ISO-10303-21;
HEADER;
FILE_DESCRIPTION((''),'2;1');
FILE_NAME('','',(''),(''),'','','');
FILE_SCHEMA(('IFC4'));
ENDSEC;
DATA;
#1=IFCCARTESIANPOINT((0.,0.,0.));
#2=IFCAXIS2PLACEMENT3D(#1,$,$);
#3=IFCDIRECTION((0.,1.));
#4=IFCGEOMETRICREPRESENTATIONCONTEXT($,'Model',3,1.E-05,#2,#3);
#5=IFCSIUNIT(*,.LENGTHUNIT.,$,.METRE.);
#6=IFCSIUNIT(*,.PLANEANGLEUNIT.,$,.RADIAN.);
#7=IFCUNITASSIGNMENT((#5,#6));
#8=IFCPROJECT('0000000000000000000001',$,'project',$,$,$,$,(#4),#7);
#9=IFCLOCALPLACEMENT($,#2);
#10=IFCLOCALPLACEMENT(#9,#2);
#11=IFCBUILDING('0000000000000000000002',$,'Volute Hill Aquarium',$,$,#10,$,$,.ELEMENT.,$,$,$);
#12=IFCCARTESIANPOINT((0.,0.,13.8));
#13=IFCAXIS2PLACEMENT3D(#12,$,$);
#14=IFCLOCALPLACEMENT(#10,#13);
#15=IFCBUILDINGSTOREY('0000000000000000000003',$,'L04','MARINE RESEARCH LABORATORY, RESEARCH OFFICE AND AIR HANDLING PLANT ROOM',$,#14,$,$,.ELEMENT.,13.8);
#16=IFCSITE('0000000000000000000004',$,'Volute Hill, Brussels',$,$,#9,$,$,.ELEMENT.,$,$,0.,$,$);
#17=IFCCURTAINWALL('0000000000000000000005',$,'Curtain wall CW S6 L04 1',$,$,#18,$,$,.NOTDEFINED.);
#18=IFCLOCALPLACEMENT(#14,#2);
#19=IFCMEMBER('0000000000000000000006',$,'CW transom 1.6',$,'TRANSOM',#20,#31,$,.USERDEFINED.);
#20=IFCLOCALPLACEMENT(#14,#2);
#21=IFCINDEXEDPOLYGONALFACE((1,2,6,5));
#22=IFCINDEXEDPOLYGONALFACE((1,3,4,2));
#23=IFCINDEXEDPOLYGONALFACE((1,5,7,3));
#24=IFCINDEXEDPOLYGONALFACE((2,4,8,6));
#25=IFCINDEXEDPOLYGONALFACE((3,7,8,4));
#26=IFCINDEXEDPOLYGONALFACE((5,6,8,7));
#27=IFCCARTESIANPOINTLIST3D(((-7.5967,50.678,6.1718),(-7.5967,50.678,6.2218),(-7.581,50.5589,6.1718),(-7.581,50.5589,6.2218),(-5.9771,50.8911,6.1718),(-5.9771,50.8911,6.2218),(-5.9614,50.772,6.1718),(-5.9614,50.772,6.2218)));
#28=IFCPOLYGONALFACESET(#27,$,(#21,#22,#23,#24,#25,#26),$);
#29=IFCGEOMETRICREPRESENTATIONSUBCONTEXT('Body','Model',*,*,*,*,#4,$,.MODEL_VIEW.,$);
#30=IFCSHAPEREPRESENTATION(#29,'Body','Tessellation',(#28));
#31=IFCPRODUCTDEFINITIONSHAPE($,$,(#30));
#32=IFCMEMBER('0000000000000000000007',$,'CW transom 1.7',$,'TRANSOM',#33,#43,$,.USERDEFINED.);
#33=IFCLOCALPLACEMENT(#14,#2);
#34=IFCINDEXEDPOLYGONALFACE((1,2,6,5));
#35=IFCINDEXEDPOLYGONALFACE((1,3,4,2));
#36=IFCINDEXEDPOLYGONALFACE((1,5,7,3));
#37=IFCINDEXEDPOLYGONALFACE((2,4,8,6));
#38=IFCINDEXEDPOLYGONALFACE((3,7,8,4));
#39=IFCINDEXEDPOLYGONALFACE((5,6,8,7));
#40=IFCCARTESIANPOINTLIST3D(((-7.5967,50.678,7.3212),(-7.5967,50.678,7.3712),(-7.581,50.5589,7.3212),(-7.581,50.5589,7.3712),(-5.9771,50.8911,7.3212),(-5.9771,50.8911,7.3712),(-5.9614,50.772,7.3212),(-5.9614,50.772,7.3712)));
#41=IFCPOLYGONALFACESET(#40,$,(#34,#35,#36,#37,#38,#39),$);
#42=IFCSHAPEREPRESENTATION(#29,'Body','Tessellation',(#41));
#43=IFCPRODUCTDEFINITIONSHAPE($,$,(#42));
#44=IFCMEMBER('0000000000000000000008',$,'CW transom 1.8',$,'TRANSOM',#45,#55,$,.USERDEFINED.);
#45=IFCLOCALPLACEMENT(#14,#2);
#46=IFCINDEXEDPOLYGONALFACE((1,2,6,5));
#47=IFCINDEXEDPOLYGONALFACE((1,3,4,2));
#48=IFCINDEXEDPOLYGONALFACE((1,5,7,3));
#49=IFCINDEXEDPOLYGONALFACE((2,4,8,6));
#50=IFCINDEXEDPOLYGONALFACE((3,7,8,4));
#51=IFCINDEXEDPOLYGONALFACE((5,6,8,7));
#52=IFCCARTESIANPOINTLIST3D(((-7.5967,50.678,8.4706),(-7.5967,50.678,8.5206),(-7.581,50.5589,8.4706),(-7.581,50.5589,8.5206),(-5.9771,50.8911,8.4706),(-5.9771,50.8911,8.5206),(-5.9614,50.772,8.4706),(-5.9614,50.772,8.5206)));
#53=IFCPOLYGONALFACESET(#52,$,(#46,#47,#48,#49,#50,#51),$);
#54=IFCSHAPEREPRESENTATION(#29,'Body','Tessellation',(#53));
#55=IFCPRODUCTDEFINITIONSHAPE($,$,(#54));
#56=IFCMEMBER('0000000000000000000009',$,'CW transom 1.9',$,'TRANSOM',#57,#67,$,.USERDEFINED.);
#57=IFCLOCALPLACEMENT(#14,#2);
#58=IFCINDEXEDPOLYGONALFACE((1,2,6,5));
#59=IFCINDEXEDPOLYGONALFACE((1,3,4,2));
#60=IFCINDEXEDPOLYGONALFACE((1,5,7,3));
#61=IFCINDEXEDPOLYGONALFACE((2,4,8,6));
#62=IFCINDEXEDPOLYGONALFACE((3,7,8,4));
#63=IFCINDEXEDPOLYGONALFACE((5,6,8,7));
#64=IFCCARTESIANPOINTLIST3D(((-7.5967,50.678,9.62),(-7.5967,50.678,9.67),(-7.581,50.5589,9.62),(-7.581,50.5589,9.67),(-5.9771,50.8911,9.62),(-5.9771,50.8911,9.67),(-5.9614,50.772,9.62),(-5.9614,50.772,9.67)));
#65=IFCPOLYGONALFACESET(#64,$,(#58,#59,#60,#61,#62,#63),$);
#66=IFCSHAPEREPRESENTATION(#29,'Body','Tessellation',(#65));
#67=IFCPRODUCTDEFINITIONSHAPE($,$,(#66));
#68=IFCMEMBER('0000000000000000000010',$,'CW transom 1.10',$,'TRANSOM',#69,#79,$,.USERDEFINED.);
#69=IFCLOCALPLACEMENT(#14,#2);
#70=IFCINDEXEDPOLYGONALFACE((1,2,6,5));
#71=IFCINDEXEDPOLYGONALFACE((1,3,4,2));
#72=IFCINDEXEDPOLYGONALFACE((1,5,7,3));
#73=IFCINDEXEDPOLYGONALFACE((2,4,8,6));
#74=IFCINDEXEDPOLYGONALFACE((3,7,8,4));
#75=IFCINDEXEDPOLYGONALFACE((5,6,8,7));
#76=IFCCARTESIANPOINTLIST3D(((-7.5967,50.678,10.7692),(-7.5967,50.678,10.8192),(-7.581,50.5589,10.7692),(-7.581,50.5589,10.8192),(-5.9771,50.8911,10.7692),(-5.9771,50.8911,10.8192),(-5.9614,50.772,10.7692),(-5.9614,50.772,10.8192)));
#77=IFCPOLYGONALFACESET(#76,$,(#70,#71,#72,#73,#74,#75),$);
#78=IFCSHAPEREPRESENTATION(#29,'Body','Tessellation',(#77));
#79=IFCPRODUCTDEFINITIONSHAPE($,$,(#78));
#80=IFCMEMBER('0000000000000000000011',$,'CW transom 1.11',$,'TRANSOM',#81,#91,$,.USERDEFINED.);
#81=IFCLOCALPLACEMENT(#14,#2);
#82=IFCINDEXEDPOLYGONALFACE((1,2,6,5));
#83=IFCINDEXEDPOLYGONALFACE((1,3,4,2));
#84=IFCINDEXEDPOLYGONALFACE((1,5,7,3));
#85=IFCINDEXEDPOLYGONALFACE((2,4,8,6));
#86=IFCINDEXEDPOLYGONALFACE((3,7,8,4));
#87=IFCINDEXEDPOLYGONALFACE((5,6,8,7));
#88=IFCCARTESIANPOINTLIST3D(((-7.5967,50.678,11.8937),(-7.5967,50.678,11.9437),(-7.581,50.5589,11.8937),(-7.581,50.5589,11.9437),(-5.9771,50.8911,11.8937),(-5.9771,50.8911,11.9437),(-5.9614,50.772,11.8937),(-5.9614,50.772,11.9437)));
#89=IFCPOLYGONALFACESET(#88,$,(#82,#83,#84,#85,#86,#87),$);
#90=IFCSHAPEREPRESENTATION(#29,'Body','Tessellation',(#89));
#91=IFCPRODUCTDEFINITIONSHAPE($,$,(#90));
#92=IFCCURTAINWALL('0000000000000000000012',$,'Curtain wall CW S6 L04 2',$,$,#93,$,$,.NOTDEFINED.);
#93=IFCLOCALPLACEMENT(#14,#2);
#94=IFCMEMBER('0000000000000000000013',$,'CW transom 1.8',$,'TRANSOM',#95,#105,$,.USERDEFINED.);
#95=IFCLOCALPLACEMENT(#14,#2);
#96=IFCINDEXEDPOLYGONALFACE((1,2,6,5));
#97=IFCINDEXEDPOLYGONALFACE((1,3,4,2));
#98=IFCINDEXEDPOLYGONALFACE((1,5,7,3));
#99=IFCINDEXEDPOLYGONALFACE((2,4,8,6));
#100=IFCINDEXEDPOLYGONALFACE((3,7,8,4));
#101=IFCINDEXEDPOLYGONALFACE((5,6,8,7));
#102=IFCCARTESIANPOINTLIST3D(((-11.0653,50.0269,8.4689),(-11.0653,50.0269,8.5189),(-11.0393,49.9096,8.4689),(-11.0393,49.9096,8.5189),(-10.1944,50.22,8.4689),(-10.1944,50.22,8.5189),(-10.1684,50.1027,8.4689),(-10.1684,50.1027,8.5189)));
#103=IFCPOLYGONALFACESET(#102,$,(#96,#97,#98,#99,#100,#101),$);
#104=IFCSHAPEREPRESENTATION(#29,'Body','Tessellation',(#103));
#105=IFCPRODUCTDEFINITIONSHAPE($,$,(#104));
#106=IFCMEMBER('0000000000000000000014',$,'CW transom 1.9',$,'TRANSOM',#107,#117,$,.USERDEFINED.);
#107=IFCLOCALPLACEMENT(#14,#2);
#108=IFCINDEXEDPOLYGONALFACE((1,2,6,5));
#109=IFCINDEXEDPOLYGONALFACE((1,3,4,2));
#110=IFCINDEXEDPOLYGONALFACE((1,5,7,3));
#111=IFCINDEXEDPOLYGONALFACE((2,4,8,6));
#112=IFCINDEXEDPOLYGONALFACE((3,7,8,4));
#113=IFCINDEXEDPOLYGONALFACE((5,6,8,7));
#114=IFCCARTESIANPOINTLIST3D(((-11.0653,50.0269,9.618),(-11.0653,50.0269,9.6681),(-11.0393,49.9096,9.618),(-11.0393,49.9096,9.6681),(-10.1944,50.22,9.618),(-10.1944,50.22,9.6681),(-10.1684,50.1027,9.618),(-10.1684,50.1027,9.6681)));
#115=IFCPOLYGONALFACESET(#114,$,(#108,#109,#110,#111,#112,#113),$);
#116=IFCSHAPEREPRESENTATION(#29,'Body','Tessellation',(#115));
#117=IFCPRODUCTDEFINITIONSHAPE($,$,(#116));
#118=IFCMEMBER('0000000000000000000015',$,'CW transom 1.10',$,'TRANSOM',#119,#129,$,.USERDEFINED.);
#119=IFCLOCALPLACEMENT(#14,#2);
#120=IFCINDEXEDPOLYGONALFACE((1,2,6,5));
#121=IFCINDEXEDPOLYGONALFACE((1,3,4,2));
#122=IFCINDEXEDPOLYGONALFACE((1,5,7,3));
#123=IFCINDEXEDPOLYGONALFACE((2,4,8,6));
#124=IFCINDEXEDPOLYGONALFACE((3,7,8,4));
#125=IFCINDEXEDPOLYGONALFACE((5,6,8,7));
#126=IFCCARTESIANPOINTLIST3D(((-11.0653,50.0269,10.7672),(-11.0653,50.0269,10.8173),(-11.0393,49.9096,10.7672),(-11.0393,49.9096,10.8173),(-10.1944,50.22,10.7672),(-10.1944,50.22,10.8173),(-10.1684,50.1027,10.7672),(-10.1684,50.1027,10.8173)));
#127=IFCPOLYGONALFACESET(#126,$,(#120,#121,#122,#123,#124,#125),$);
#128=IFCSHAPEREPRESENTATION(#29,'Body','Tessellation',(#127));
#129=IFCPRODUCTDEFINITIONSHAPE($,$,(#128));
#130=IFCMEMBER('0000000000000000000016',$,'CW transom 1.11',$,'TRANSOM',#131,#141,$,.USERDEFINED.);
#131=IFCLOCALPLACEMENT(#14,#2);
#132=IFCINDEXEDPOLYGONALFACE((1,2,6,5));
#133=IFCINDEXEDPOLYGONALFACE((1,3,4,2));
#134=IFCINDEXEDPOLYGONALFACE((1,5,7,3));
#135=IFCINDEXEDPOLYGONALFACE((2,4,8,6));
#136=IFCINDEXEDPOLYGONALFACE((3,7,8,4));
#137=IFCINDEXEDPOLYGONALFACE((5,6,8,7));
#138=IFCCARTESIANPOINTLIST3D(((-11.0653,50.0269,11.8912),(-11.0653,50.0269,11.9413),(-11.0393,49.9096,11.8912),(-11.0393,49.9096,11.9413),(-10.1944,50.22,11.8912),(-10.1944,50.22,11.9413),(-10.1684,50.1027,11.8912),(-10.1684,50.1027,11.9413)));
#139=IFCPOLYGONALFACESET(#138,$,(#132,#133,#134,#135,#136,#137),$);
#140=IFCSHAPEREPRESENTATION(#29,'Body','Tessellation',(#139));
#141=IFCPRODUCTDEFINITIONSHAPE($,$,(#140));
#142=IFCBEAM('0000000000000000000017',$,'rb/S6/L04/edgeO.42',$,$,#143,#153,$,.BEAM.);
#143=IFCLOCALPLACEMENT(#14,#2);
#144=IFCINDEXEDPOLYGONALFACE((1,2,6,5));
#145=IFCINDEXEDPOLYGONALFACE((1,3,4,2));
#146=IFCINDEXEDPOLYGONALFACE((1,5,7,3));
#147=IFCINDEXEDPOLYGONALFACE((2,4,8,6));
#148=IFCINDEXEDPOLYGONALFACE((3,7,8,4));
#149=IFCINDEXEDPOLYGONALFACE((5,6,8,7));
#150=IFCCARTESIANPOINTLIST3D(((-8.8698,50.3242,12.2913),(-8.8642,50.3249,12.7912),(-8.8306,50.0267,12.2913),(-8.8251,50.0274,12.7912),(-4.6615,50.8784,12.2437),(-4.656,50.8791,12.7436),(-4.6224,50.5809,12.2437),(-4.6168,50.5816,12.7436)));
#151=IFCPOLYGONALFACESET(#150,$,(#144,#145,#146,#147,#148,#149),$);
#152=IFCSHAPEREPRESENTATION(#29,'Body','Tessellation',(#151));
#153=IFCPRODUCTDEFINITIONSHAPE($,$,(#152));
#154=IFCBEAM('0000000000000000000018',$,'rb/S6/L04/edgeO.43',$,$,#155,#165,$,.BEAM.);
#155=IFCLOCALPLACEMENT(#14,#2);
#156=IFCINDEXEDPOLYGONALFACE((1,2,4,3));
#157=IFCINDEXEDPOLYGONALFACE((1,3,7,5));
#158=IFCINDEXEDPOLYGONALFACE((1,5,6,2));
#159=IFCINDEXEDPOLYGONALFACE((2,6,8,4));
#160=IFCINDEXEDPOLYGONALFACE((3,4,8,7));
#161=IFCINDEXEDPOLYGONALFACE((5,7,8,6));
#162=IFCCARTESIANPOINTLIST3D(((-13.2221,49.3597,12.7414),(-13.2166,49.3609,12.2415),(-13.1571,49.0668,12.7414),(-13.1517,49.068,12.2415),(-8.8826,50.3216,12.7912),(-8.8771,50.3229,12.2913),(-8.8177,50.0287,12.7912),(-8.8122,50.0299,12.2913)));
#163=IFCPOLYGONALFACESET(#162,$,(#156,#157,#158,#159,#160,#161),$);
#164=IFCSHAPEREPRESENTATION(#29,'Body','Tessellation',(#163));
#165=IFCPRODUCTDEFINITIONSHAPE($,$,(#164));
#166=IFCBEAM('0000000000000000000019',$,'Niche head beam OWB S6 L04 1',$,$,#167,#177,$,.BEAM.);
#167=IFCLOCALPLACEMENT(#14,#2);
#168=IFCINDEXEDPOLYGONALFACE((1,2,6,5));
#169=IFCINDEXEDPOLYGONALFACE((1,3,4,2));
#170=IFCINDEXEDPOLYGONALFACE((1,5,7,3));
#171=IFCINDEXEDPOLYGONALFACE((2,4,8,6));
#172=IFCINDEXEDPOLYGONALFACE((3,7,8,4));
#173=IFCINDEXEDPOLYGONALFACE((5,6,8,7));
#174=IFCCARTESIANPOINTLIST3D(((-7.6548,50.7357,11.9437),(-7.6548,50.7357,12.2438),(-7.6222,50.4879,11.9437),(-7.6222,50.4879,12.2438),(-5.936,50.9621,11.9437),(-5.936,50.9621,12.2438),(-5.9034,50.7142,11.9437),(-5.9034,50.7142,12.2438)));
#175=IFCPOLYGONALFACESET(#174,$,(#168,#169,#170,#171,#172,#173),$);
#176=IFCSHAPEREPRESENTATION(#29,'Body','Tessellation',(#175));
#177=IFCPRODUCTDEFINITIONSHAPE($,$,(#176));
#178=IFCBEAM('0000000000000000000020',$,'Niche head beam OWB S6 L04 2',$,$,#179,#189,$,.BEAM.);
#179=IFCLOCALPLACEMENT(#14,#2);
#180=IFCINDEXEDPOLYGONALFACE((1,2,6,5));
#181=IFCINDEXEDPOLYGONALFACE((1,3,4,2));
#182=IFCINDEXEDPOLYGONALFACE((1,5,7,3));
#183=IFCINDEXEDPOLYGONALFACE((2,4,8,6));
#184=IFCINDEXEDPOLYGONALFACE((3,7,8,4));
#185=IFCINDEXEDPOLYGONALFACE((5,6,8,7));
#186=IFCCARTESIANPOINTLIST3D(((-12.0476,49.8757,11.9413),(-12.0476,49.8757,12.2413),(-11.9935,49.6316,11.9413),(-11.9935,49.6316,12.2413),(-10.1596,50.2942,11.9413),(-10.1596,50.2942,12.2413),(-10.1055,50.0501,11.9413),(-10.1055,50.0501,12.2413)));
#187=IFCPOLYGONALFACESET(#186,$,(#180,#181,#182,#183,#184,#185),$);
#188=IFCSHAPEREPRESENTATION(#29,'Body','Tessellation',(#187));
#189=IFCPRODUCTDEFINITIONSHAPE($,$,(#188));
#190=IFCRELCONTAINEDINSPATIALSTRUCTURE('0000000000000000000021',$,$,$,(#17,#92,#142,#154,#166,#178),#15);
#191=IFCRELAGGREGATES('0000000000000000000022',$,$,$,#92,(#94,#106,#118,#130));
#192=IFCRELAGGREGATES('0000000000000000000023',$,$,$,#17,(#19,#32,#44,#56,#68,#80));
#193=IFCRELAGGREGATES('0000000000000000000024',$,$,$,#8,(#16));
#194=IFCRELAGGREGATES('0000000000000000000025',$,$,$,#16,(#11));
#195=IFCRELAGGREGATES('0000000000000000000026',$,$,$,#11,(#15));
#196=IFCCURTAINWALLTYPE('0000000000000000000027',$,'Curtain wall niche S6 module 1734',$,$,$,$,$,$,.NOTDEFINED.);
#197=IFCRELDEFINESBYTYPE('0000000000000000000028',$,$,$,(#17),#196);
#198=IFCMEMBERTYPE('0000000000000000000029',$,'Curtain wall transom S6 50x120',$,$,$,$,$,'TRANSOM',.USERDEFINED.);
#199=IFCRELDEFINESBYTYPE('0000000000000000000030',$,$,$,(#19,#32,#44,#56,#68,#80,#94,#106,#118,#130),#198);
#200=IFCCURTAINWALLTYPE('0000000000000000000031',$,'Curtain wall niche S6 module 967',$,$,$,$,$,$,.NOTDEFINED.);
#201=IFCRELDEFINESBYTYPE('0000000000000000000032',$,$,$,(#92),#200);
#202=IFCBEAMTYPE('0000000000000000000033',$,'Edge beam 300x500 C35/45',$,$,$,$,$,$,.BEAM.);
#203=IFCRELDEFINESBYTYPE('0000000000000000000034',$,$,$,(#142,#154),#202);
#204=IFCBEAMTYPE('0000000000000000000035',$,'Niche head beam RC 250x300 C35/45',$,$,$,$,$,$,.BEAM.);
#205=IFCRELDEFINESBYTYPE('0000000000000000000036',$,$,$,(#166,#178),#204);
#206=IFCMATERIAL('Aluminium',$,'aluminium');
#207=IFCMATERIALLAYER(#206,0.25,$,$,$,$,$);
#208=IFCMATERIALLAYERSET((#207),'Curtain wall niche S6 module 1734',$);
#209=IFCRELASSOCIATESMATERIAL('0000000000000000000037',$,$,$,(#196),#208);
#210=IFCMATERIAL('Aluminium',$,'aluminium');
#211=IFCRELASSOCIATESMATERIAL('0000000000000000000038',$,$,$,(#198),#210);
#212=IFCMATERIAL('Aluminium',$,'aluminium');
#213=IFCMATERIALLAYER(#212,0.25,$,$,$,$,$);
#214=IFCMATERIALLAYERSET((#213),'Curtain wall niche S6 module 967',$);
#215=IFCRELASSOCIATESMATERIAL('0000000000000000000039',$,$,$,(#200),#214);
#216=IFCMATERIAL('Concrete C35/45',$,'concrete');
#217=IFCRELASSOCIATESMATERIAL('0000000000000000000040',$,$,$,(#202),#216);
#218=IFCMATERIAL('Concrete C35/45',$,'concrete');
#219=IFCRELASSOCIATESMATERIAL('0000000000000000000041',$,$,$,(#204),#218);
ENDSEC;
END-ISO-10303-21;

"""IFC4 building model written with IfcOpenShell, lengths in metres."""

from ifc_helpers import new_model, si_unit, direction, frame, origin, origin_2d, place, context, subcontext, project, spatial, rectangle, extrude, material, layer, layer_set, material_profile, profile_set, type_object, element, aggregate, save


model = new_model("IFC4")

# Units and contexts
model_context = context("Model", 3, precision=1e-05, world=origin(), true_north=direction((0.0, 1.0)))
body_context = subcontext(model_context, "Body", "Model", "MODEL_VIEW")
ifc_project = project(units=[si_unit("LENGTHUNIT", "METRE"), si_unit("PLANEANGLEUNIT", "RADIAN")], contexts=[model_context])

# Site, building, storey
site_placement = place(None, origin())
site = spatial("IfcSite", under=ifc_project, at=site_placement, Name="Volute Hill, Brussels", CompositionType="ELEMENT", RefElevation=0.0)
building_placement = place(site_placement, origin())
building = spatial("IfcBuilding", under=site, at=building_placement, Name="Volute Hill Aquarium", CompositionType="ELEMENT")
storey_placement = place(building_placement, frame((0.0, 0.0, 13.8)))
storey = spatial("IfcBuildingStorey", under=building, at=storey_placement, Name="L04", Description="MARINE RESEARCH LABORATORY, RESEARCH OFFICE AND AIR HANDLING PLANT ROOM", CompositionType="ELEMENT", Elevation=13.8)

# Curtain walls, members
ifc_material_1 = material(Name="Aluminium", Category="aluminium")
ifc_layer_1 = layer(ifc_material_1, 0.25)
ifc_layer_set_1 = layer_set([ifc_layer_1], Name="Curtain wall niche S6 module 1734")
curtain_wall_type_1 = type_object("IfcCurtainWallType", Name="Curtain wall niche S6 module 1734", PredefinedType="NOTDEFINED", material=ifc_layer_set_1)
curtain_wall_1_placement = place(storey_placement, origin())
curtain_wall_1 = element("IfcCurtainWall", 1, at=curtain_wall_1_placement, inside=storey, type_object=curtain_wall_type_1, Name="Curtain wall CW S6 L04 1", PredefinedType="NOTDEFINED")
ifc_material_2 = material(Name="Aluminium", Category="aluminium")
ifc_material_profile_1 = material_profile(ifc_material_2, rectangle(XDim=0.1201, YDim=0.05, at=origin_2d()), Name="Curtain wall transom S6 50x120")
ifc_profile_set_1 = profile_set([ifc_material_profile_1], Name="Aluminium")
member_type = type_object("IfcMemberType", Name="Curtain wall transom S6 50x120", ElementType="TRANSOM", PredefinedType="USERDEFINED", material=ifc_profile_set_1)
member_1_placement = place(storey_placement, frame((-5.9692, 50.8315, 6.1968), z_axis=(-0.991452, -0.13047, 0.0), x_axis=(0.13047, -0.991452, 0.0)))
member_1 = element("IfcMember", 2, at=member_1_placement, type_object=member_type, Name="CW transom 1.6", ObjectType="TRANSOM", PredefinedType="USERDEFINED", context=body_context, shape_type="SweptSolid", body=[
    extrude(rectangle(XDim=0.1201, YDim=0.05, at=origin_2d()), origin(), (0.0, 0.0, 1.0), 1.6335),
])
member_2_placement = place(storey_placement, frame((-5.9692, 50.8315, 7.3462), z_axis=(-0.991452, -0.13047, 0.0), x_axis=(0.13047, -0.991452, 0.0)))
member_2 = element("IfcMember", 3, at=member_2_placement, type_object=member_type, Name="CW transom 1.7", ObjectType="TRANSOM", PredefinedType="USERDEFINED", context=body_context, shape_type="SweptSolid", body=[
    extrude(rectangle(XDim=0.1201, YDim=0.05, at=origin_2d()), origin(), (0.0, 0.0, 1.0), 1.6335),
])
member_3_placement = place(storey_placement, frame((-5.9692, 50.8315, 8.4956), z_axis=(-0.991452, -0.13047, 0.0), x_axis=(0.13047, -0.991452, 0.0)))
member_3 = element("IfcMember", 4, at=member_3_placement, type_object=member_type, Name="CW transom 1.8", ObjectType="TRANSOM", PredefinedType="USERDEFINED", context=body_context, shape_type="SweptSolid", body=[
    extrude(rectangle(XDim=0.1201, YDim=0.05, at=origin_2d()), origin(), (0.0, 0.0, 1.0), 1.6335),
])
member_4_placement = place(storey_placement, frame((-5.9692, 50.8315, 9.645), z_axis=(-0.991452, -0.13047, 0.0), x_axis=(0.13047, -0.991452, 0.0)))
member_4 = element("IfcMember", 5, at=member_4_placement, type_object=member_type, Name="CW transom 1.9", ObjectType="TRANSOM", PredefinedType="USERDEFINED", context=body_context, shape_type="SweptSolid", body=[
    extrude(rectangle(XDim=0.1201, YDim=0.05, at=origin_2d()), origin(), (0.0, 0.0, 1.0), 1.6335),
])
member_5_placement = place(storey_placement, frame((-5.9692, 50.8315, 10.7942), z_axis=(-0.991452, -0.13047, 0.0), x_axis=(0.13047, -0.991452, 0.0)))
member_5 = element("IfcMember", 6, at=member_5_placement, type_object=member_type, Name="CW transom 1.10", ObjectType="TRANSOM", PredefinedType="USERDEFINED", context=body_context, shape_type="SweptSolid", body=[
    extrude(rectangle(XDim=0.1201, YDim=0.05, at=origin_2d()), origin(), (0.0, 0.0, 1.0), 1.6335),
])
member_6_placement = place(storey_placement, frame((-5.9692, 50.8315, 11.9187), z_axis=(-0.991452, -0.13047, 0.0), x_axis=(0.13047, -0.991452, 0.0)))
member_6 = element("IfcMember", 7, at=member_6_placement, type_object=member_type, Name="CW transom 1.11", ObjectType="TRANSOM", PredefinedType="USERDEFINED", context=body_context, shape_type="SweptSolid", body=[
    extrude(rectangle(XDim=0.1201, YDim=0.05, at=origin_2d()), origin(), (0.0, 0.0, 1.0), 1.6335),
])
ifc_material_3 = material(Name="Aluminium", Category="aluminium")
ifc_layer_2 = layer(ifc_material_3, 0.25)
ifc_layer_set_2 = layer_set([ifc_layer_2], Name="Curtain wall niche S6 module 967")
curtain_wall_type_2 = type_object("IfcCurtainWallType", Name="Curtain wall niche S6 module 967", PredefinedType="NOTDEFINED", material=ifc_layer_set_2)
curtain_wall_2_placement = place(storey_placement, origin())
curtain_wall_2 = element("IfcCurtainWall", 8, at=curtain_wall_2_placement, inside=storey, type_object=curtain_wall_type_2, Name="Curtain wall CW S6 L04 2", PredefinedType="NOTDEFINED")
member_7_placement = place(storey_placement, frame((-10.1814, 50.1614, 8.4939), z_axis=(-0.976284, -0.216496, 0.0), x_axis=(0.216496, -0.976284, 0.0)))
member_7 = element("IfcMember", 9, at=member_7_placement, type_object=member_type, Name="CW transom 1.8", ObjectType="TRANSOM", PredefinedType="USERDEFINED", context=body_context, shape_type="SweptSolid", body=[
    extrude(rectangle(XDim=0.1201, YDim=0.05, at=origin_2d()), origin(), (0.0, 0.0, 1.0), 0.8921),
])
member_8_placement = place(storey_placement, frame((-10.1814, 50.1614, 9.6431), z_axis=(-0.976284, -0.216496, 0.0), x_axis=(0.216496, -0.976284, 0.0)))
member_8 = element("IfcMember", 10, at=member_8_placement, type_object=member_type, Name="CW transom 1.9", ObjectType="TRANSOM", PredefinedType="USERDEFINED", context=body_context, shape_type="SweptSolid", body=[
    extrude(rectangle(XDim=0.1201, YDim=0.05, at=origin_2d()), origin(), (0.0, 0.0, 1.0), 0.8921),
])
member_9_placement = place(storey_placement, frame((-10.1814, 50.1614, 10.7922), z_axis=(-0.976284, -0.216496, 0.0), x_axis=(0.216496, -0.976284, 0.0)))
member_9 = element("IfcMember", 11, at=member_9_placement, type_object=member_type, Name="CW transom 1.10", ObjectType="TRANSOM", PredefinedType="USERDEFINED", context=body_context, shape_type="SweptSolid", body=[
    extrude(rectangle(XDim=0.1201, YDim=0.05, at=origin_2d()), origin(), (0.0, 0.0, 1.0), 0.8921),
])
member_10_placement = place(storey_placement, frame((-10.1814, 50.1614, 11.9163), z_axis=(-0.976284, -0.216496, 0.0), x_axis=(0.216496, -0.976284, 0.0)))
member_10 = element("IfcMember", 12, at=member_10_placement, type_object=member_type, Name="CW transom 1.11", ObjectType="TRANSOM", PredefinedType="USERDEFINED", context=body_context, shape_type="SweptSolid", body=[
    extrude(rectangle(XDim=0.1201, YDim=0.05, at=origin_2d()), origin(), (0.0, 0.0, 1.0), 0.8921),
])
aggregate(curtain_wall_2, [member_7, member_8, member_9, member_10])

# Beams
ifc_material_4 = material(Name="Concrete C35/45", Category="concrete")
ifc_material_profile_2 = material_profile(ifc_material_4, rectangle(XDim=0.3, YDim=0.5, at=origin_2d()), Name="RC edge beam 300x500")
ifc_profile_set_2 = profile_set([ifc_material_profile_2], Name="Concrete C35/45")
beam_type_1 = type_object("IfcBeamType", Name="Edge beam 300x500 C35/45", PredefinedType="BEAM", material=ifc_profile_set_2)
beam_1_placement = place(storey_placement, frame((-4.6392, 50.73, 12.4937), z_axis=(-0.991377, -0.130558, 0.011215), x_axis=(0.130566, -0.99144, 0.0)))
element("IfcBeam", 13, at=beam_1_placement, inside=storey, type_object=beam_type_1, Name="rb/S6/L04/edgeO.42", PredefinedType="BEAM", context=body_context, shape_type="SweptSolid", body=[
    extrude(rectangle(XDim=0.3, YDim=0.5, at=origin_2d()), origin(), (0.0, 0.0, 1.0), 4.2449),
])
beam_2_placement = place(storey_placement, frame((-8.8474, 50.1758, 12.5413), z_axis=(-0.976239, -0.216405, -0.011205), x_axis=(0.216419, -0.976301, 0.0)))
element("IfcBeam", 14, at=beam_2_placement, inside=storey, type_object=beam_type_1, Name="rb/S6/L04/edgeO.43", PredefinedType="BEAM", context=body_context, shape_type="SweptSolid", body=[
    extrude(rectangle(XDim=0.3, YDim=0.5, at=origin_2d()), origin(), (0.0, 0.0, 1.0), 4.4451),
])
ifc_material_5 = material(Name="Concrete C35/45", Category="concrete")
ifc_material_profile_3 = material_profile(ifc_material_5, rectangle(XDim=0.25, YDim=0.3, at=origin_2d()), Name="RC beam 250x300")
ifc_profile_set_3 = profile_set([ifc_material_profile_3], Name="Concrete C35/45")
beam_type_2 = type_object("IfcBeamType", Name="Niche head beam RC 250x300 C35/45", PredefinedType="BEAM", material=ifc_profile_set_3)
beam_3_placement = place(storey_placement, frame((-5.9197, 50.8381, 12.0938), z_axis=(-0.991442, -0.130549, 0.0), x_axis=(0.130549, -0.991442, 0.0)))
element("IfcBeam", 15, at=beam_3_placement, inside=storey, type_object=beam_type_2, Name="Niche head beam OWB S6 L04 1", PredefinedType="BEAM", context=body_context, shape_type="SweptSolid", body=[
    extrude(rectangle(XDim=0.25, YDim=0.3, at=origin_2d()), origin(), (0.0, 0.0, 1.0), 1.7336),
])
beam_4_placement = place(storey_placement, frame((-10.1326, 50.1721, 12.0913), z_axis=(-0.976306, -0.216396, 0.0), x_axis=(0.216396, -0.976306, 0.0)))
element("IfcBeam", 16, at=beam_4_placement, inside=storey, type_object=beam_type_2, Name="Niche head beam OWB S6 L04 2", PredefinedType="BEAM", context=body_context, shape_type="SweptSolid", body=[
    extrude(rectangle(XDim=0.25, YDim=0.3, at=origin_2d()), origin(), (0.0, 0.0, 1.0), 1.9338),
])

aggregate(curtain_wall_1, [member_1, member_2, member_3, member_4, member_5, member_6])

save(model, "model.ifc")
